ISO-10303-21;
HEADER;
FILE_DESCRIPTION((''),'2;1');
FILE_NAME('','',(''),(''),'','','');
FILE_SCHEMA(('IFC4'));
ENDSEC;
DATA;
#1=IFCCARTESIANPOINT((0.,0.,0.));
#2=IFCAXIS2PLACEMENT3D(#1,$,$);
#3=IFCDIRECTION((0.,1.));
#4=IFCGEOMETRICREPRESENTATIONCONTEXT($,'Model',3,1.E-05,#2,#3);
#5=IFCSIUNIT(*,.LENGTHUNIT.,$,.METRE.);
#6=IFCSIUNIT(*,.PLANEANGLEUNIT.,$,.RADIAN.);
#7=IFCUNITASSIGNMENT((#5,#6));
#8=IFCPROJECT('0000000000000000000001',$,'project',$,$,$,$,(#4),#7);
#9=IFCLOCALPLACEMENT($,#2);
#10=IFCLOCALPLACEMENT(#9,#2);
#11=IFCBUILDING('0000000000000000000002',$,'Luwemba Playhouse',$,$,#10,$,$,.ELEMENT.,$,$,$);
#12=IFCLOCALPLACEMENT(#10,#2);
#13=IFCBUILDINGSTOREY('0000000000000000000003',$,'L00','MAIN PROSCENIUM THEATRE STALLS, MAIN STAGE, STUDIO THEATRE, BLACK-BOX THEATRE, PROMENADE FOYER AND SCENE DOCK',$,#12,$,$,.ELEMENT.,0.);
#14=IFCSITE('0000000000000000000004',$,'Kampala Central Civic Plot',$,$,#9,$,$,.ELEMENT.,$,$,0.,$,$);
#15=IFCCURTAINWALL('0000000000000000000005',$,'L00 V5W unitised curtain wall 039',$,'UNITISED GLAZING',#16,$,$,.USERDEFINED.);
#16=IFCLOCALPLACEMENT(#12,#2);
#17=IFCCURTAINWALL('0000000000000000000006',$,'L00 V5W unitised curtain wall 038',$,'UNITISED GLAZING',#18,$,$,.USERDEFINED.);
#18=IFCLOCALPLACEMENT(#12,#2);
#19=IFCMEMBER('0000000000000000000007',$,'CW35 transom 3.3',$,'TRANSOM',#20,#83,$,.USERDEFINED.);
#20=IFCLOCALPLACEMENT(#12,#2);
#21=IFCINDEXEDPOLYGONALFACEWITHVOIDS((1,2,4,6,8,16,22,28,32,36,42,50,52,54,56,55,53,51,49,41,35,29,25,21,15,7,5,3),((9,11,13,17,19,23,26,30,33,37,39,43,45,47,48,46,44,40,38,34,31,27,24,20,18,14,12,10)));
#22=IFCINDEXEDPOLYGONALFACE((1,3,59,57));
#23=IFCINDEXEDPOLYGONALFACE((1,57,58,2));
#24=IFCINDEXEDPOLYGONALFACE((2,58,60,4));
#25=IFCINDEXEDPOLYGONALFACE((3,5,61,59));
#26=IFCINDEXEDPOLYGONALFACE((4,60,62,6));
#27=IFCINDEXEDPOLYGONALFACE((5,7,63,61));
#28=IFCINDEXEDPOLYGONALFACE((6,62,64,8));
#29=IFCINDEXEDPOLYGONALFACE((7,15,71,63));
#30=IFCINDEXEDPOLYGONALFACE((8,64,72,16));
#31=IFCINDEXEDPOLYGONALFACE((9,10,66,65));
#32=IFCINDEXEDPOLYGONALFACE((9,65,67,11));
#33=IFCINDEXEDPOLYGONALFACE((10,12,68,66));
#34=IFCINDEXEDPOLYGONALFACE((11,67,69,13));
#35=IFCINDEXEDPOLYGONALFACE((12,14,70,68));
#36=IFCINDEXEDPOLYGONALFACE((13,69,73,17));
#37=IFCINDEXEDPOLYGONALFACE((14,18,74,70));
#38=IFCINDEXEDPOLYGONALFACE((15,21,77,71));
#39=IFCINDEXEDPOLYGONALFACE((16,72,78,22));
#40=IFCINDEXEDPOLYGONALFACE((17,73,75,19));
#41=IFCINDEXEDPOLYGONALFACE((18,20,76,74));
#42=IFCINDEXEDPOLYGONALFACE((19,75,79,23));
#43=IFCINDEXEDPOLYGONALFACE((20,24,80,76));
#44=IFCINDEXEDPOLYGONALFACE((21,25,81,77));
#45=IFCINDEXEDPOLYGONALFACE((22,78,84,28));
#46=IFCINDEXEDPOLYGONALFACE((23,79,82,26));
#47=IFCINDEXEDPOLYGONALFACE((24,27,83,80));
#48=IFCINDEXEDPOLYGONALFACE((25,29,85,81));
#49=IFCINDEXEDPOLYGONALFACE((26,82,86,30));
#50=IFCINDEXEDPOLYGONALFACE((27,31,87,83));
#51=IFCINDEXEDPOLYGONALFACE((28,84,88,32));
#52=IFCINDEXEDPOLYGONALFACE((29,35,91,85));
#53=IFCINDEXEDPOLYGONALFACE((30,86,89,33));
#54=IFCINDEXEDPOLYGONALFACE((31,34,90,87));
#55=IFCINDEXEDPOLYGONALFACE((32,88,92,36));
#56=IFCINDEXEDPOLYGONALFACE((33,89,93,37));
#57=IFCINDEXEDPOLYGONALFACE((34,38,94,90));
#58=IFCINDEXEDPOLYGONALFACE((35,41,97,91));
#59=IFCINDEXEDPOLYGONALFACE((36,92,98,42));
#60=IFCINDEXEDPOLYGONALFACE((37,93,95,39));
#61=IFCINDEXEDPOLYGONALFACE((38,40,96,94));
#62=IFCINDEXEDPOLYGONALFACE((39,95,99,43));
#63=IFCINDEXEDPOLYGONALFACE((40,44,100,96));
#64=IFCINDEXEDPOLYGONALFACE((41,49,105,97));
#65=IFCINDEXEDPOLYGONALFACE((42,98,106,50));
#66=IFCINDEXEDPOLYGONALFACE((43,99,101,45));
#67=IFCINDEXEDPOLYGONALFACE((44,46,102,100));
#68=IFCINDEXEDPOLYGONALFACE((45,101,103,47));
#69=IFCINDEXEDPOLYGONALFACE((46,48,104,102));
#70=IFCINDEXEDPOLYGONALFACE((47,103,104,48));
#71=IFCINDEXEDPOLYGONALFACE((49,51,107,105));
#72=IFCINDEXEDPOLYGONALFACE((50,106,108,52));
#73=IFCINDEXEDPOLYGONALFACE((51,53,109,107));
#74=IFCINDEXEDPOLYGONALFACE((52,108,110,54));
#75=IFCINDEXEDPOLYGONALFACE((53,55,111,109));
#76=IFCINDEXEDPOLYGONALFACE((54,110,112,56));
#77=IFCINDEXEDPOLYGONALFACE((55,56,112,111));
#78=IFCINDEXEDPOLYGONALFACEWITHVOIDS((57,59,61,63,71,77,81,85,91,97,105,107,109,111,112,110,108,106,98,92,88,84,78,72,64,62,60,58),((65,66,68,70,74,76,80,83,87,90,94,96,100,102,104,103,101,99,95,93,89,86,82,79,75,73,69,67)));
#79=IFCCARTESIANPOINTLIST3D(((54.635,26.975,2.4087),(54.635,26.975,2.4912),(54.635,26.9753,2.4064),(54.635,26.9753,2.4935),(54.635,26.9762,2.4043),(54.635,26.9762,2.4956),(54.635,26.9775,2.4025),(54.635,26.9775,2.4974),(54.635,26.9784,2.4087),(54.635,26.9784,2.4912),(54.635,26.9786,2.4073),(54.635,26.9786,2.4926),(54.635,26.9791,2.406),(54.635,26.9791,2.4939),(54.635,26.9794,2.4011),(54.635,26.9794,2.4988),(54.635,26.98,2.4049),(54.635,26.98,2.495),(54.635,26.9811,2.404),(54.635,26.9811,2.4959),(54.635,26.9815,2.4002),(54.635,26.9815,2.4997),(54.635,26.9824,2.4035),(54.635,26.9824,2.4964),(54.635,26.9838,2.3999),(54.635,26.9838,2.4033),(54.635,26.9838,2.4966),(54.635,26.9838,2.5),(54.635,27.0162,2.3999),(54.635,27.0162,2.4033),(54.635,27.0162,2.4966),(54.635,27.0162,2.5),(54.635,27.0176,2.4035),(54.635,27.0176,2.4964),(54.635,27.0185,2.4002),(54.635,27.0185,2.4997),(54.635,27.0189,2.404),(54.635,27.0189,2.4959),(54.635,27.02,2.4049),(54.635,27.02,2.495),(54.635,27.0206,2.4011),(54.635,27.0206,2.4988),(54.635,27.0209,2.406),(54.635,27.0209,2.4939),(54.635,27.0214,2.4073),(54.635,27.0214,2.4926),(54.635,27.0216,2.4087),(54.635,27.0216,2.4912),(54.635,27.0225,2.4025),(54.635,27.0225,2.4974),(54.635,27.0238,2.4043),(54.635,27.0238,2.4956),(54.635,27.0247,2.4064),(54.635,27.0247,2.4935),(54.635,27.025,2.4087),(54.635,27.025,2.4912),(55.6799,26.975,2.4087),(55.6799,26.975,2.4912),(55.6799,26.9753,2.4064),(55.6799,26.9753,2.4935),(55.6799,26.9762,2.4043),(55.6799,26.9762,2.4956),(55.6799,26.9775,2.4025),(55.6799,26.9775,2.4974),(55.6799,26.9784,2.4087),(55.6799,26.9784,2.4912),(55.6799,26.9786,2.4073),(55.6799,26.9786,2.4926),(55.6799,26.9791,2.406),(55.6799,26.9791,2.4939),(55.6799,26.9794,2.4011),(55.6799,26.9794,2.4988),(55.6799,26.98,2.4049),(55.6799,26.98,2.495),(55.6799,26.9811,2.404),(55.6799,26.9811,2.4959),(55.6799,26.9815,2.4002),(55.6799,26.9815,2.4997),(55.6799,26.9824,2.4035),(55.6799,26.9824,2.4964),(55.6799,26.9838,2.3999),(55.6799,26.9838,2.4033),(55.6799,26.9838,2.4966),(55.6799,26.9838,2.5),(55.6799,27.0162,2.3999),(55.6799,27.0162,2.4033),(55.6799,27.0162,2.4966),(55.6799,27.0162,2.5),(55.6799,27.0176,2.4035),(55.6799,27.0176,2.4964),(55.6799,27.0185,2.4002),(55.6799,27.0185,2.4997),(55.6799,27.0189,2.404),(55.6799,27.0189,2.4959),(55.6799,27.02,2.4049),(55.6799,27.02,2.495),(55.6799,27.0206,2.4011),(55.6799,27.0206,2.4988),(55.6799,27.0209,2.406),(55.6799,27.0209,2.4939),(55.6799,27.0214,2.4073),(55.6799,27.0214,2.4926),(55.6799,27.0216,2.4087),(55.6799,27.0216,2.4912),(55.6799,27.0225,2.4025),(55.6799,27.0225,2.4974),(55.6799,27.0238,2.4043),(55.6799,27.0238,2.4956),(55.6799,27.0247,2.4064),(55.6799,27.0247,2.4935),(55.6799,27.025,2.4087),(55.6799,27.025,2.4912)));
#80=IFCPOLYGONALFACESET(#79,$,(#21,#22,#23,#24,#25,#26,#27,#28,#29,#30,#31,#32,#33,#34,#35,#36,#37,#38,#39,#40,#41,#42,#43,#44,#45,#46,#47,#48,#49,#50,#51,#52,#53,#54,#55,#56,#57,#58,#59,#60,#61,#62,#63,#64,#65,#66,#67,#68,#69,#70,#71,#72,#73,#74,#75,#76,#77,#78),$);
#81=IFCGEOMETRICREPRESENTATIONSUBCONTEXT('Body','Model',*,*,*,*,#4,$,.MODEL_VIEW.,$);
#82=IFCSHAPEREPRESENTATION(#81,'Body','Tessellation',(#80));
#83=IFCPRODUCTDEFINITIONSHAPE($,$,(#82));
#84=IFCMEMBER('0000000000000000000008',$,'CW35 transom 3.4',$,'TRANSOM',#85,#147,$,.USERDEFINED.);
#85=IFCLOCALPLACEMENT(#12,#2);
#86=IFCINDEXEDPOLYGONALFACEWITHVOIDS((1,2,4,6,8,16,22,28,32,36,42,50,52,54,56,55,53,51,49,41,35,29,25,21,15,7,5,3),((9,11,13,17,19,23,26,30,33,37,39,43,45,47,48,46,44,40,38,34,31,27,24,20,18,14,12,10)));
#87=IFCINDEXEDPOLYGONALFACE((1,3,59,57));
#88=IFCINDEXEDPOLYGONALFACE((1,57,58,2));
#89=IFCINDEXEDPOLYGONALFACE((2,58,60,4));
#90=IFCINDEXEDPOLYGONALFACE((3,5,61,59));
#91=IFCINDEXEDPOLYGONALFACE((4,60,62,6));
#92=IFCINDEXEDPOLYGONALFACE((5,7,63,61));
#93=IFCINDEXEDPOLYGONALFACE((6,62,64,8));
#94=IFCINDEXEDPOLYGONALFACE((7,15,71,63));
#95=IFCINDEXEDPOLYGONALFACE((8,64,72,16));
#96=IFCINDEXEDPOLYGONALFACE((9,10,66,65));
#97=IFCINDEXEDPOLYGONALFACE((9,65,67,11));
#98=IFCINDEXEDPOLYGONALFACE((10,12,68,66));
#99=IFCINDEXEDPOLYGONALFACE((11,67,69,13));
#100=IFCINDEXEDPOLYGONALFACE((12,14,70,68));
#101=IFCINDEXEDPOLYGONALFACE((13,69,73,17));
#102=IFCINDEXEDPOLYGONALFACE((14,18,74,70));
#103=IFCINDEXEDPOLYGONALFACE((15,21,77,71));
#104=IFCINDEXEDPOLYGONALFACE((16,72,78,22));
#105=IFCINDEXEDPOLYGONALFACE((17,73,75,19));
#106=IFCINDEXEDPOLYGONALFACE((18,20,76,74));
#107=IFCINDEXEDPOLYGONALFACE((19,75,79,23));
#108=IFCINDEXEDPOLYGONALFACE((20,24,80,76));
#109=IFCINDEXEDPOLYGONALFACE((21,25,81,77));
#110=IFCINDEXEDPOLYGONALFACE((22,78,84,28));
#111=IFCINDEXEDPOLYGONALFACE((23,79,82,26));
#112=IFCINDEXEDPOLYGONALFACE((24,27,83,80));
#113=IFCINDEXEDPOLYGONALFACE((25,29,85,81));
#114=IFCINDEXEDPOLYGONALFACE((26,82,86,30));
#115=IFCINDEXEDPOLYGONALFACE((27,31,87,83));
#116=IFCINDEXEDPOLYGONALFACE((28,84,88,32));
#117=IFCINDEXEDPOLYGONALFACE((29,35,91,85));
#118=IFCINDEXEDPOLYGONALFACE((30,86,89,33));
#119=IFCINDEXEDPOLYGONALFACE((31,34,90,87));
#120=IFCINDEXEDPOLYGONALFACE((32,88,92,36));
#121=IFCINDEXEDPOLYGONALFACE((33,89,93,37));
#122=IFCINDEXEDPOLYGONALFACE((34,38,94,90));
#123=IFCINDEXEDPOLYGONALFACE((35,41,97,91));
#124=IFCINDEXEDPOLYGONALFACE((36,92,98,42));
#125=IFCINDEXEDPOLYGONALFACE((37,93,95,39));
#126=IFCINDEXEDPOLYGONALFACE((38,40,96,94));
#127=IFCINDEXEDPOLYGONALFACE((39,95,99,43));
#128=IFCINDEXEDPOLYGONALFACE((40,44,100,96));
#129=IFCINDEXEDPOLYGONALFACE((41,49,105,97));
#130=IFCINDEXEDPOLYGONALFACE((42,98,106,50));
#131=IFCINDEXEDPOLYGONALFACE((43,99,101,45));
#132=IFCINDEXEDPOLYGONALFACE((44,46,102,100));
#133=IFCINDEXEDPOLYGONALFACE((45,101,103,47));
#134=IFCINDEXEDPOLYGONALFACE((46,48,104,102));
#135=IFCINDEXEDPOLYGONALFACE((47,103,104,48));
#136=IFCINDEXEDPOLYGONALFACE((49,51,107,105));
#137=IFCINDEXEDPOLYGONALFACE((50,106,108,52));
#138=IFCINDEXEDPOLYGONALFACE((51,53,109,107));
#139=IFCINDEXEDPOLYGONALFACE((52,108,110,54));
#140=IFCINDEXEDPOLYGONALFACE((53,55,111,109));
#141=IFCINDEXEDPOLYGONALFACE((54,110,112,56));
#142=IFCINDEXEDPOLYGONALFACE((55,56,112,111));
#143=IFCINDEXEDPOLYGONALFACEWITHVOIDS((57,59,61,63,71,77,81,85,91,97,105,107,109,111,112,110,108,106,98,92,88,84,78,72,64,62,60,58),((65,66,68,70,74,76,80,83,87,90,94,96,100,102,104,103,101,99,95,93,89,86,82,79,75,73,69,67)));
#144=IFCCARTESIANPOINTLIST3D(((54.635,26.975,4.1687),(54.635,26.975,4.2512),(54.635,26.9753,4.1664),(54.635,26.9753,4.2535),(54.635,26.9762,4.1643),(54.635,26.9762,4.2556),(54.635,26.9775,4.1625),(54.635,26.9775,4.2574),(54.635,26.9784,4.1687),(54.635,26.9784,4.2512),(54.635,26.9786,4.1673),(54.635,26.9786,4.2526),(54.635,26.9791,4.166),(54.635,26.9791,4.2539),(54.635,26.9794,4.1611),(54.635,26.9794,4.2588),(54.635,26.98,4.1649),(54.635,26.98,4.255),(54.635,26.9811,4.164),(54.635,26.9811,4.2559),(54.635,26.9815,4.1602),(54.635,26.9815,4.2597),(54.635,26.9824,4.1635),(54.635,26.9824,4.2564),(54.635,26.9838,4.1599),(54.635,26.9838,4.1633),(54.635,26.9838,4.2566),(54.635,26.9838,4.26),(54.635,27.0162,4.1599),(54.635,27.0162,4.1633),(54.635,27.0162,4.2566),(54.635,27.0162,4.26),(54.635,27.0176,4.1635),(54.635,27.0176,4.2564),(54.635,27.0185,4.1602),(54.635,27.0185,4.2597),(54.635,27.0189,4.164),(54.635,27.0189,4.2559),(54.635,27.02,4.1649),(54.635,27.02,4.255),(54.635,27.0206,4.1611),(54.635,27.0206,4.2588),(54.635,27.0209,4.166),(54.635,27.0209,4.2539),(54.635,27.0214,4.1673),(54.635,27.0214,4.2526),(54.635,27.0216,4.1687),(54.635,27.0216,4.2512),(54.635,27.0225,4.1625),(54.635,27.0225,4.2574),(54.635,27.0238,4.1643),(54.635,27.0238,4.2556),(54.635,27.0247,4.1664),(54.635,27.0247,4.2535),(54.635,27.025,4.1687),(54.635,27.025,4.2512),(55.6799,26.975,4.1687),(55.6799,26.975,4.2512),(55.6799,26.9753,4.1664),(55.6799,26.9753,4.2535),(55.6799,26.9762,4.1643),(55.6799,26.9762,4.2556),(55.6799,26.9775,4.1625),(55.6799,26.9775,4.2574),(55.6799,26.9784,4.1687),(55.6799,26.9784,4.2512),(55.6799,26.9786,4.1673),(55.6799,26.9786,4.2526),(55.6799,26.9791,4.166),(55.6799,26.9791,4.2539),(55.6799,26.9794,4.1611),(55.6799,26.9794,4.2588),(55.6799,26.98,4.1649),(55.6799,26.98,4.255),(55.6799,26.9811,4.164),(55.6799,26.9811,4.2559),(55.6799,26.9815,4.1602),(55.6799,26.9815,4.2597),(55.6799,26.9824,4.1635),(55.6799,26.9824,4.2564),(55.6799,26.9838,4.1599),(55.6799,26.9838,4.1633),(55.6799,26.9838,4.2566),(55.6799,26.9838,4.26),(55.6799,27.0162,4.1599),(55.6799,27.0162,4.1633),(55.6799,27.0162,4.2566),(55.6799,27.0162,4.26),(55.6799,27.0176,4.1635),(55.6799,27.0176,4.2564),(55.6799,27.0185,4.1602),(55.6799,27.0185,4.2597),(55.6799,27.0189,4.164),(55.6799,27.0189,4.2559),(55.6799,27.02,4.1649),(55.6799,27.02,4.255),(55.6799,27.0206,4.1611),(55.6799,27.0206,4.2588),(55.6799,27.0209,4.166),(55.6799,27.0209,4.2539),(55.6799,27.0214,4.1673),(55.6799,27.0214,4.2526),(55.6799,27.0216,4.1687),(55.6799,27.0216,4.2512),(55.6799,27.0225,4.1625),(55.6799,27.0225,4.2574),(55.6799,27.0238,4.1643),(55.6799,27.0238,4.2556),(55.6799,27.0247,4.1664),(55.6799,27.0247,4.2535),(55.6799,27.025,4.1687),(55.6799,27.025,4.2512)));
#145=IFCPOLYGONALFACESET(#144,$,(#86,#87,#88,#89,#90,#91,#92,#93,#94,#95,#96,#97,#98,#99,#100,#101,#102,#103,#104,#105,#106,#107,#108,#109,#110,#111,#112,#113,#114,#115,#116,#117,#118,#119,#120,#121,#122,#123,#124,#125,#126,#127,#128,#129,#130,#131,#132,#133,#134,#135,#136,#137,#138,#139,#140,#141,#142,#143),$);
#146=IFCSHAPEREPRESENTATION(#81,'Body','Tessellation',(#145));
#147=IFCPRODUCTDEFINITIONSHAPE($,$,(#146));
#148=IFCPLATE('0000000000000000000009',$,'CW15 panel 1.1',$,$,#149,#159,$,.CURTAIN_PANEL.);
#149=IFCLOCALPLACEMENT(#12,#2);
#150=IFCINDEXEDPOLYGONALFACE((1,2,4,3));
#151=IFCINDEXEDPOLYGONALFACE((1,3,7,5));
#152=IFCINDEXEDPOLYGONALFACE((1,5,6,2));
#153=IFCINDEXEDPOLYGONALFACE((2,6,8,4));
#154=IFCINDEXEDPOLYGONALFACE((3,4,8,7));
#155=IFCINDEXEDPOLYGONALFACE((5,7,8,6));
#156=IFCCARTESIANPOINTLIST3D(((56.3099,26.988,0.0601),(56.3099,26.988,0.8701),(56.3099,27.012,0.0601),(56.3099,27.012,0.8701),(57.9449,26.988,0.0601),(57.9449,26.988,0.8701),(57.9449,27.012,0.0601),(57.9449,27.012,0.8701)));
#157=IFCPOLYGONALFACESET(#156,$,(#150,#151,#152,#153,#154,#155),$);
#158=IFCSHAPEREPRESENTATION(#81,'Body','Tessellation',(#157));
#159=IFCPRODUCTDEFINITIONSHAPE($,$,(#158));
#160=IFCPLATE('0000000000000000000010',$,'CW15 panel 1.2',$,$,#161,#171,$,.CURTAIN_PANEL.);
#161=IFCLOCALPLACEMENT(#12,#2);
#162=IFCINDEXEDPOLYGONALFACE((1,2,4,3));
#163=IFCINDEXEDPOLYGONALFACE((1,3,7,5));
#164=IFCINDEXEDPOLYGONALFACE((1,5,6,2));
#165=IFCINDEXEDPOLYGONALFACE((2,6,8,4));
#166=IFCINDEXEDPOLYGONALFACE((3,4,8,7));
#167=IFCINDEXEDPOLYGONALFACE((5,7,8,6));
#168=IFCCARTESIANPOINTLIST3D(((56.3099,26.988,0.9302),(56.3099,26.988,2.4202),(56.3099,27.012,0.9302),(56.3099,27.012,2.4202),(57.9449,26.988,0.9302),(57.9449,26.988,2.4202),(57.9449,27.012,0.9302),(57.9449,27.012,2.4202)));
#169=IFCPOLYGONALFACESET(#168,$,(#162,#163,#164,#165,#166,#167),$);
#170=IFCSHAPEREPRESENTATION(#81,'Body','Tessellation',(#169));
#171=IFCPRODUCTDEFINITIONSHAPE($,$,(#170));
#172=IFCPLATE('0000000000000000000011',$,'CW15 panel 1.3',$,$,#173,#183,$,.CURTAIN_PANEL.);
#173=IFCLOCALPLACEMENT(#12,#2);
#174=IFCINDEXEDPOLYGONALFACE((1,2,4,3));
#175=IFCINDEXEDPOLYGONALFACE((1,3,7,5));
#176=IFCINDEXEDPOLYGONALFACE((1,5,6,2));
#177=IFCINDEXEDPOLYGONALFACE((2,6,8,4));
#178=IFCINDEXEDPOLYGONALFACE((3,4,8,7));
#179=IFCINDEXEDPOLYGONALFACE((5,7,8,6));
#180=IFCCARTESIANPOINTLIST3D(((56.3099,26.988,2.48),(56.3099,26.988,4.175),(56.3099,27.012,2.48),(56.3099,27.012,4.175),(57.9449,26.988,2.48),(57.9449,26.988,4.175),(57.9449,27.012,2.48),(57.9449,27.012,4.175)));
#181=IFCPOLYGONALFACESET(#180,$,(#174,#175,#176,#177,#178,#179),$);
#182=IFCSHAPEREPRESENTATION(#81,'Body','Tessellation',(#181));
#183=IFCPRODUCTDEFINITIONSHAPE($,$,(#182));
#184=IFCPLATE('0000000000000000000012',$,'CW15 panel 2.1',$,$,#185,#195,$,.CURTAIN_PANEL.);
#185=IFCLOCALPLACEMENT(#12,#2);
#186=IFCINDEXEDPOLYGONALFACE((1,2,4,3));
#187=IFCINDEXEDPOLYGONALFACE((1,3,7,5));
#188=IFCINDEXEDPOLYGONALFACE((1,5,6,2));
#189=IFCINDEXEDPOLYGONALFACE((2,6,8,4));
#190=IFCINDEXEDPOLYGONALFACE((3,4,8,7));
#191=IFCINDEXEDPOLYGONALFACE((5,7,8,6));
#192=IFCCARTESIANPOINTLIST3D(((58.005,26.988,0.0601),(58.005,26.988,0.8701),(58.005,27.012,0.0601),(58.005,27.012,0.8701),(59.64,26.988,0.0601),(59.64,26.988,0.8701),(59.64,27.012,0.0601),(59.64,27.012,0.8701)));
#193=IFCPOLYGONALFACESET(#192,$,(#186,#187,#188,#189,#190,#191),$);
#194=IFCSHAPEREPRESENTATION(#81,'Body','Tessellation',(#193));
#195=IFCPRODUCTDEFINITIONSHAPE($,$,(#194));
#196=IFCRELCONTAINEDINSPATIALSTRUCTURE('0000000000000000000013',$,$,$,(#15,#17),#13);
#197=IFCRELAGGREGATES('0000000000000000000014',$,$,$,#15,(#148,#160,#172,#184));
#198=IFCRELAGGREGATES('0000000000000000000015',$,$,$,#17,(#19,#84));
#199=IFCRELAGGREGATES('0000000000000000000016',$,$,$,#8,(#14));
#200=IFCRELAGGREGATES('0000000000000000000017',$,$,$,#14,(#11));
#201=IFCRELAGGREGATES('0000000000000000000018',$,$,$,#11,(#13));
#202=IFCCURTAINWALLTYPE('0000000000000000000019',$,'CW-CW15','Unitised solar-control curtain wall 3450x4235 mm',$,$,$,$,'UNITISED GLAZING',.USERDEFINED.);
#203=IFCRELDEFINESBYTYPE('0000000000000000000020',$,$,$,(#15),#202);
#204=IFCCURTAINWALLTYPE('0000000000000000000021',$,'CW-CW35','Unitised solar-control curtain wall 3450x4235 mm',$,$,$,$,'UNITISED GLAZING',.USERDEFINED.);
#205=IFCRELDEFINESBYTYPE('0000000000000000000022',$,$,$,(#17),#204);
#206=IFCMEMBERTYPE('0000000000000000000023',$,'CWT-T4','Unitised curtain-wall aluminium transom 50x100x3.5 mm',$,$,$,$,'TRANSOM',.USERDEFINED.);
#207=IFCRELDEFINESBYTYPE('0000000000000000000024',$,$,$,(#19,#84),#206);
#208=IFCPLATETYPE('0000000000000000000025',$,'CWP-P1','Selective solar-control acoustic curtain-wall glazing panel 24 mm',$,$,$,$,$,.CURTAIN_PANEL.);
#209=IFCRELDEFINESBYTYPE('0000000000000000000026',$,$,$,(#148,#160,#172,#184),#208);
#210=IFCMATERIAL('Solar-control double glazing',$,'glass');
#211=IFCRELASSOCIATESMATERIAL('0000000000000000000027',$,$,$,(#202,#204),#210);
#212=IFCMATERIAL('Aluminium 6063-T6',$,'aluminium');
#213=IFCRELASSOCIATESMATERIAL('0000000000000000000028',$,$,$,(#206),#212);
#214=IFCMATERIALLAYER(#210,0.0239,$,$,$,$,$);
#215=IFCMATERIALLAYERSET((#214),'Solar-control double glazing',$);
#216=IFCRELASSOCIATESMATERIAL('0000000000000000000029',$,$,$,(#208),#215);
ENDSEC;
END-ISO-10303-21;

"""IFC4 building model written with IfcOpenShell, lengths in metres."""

from ifc_helpers import new_model, si_unit, direction, frame, origin, origin_2d, place, context, subcontext, project, spatial, rectangle, hollow_rectangle, extrude, material, layer, layer_set, material_profile, profile_set, type_object, element, aggregate, save


model = new_model("IFC4")

# Units and contexts
model_context = context("Model", 3, precision=1e-05, world=origin(), true_north=direction((0.0, 1.0)))
body_context = subcontext(model_context, "Body", "Model", "MODEL_VIEW")
ifc_project = project(units=[si_unit("LENGTHUNIT", "METRE"), si_unit("PLANEANGLEUNIT", "RADIAN")], contexts=[model_context])

# Site, building, storey
site_placement = place(None, origin())
site = spatial("IfcSite", under=ifc_project, at=site_placement, Name="Kampala Central Civic Plot", CompositionType="ELEMENT", RefElevation=0.0)
building_placement = place(site_placement, origin())
building = spatial("IfcBuilding", under=site, at=building_placement, Name="Luwemba Playhouse", CompositionType="ELEMENT")
storey_placement = place(building_placement, origin())
storey = spatial("IfcBuildingStorey", under=building, at=storey_placement, Name="L00", Description="MAIN PROSCENIUM THEATRE STALLS, MAIN STAGE, STUDIO THEATRE, BLACK-BOX THEATRE, PROMENADE FOYER AND SCENE DOCK", CompositionType="ELEMENT", Elevation=0.0)

# Curtain wall
ifc_material_1 = material(Name="Solar-control double glazing", Category="glass")
curtain_wall_type_1 = type_object("IfcCurtainWallType", Name="CW-CW15", Description="Unitised solar-control curtain wall 3450x4235 mm", ElementType="UNITISED GLAZING", PredefinedType="USERDEFINED", material=ifc_material_1)
curtain_wall_1_placement = place(storey_placement, origin())
curtain_wall_1 = element("IfcCurtainWall", 1, at=curtain_wall_1_placement, inside=storey, type_object=curtain_wall_type_1, Name="L00 V5W unitised curtain wall 039", ObjectType="UNITISED GLAZING", PredefinedType="USERDEFINED")
ifc_material_2 = material(Name="Aluminium 6063-T6", Category="aluminium")

# Curtain wall
curtain_wall_type_2 = type_object("IfcCurtainWallType", Name="CW-CW35", Description="Unitised solar-control curtain wall 3450x4235 mm", ElementType="UNITISED GLAZING", PredefinedType="USERDEFINED", material=ifc_material_1)
curtain_wall_2_placement = place(storey_placement, origin())
curtain_wall_2 = element("IfcCurtainWall", 2, at=curtain_wall_2_placement, inside=storey, type_object=curtain_wall_type_2, Name="L00 V5W unitised curtain wall 038", ObjectType="UNITISED GLAZING", PredefinedType="USERDEFINED")

# Members
ifc_material_profile_1 = material_profile(ifc_material_2, hollow_rectangle(XDim=0.05, YDim=0.1001, WallThickness=0.0034, InnerFilletRadius=0.0054, OuterFilletRadius=0.0088, at=origin_2d()))
ifc_profile_set_1 = profile_set([ifc_material_profile_1], Name="Aluminium 6063-T6")
member_type_1 = type_object("IfcMemberType", Name="CWT-T4", Description="Unitised curtain-wall aluminium transom 50x100x3.5 mm", ElementType="TRANSOM", PredefinedType="USERDEFINED", material=ifc_profile_set_1)
member_1_placement = place(storey_placement, frame((54.635, 27.0, 2.45), z_axis=(1.0, 0.0, 0.0), x_axis=(0.0, 1.0, 0.0)))
member_1 = element("IfcMember", 3, at=member_1_placement, type_object=member_type_1, Name="CW35 transom 3.3", ObjectType="TRANSOM", PredefinedType="USERDEFINED", context=body_context, shape_type="SweptSolid", body=[
    extrude(hollow_rectangle(XDim=0.05, YDim=0.1001, WallThickness=0.0034, InnerFilletRadius=0.0054, OuterFilletRadius=0.0088, at=origin_2d()), origin(), (0.0, 0.0, 1.0), 1.0449),
])
member_2_placement = place(storey_placement, frame((54.635, 27.0, 4.21), z_axis=(1.0, 0.0, 0.0), x_axis=(0.0, 1.0, 0.0)))
member_2 = element("IfcMember", 4, at=member_2_placement, type_object=member_type_1, Name="CW35 transom 3.4", ObjectType="TRANSOM", PredefinedType="USERDEFINED", context=body_context, shape_type="SweptSolid", body=[
    extrude(hollow_rectangle(XDim=0.05, YDim=0.1001, WallThickness=0.0034, InnerFilletRadius=0.0054, OuterFilletRadius=0.0088, at=origin_2d()), origin(), (0.0, 0.0, 1.0), 1.0449),
])

# Plates
ifc_layer_1 = layer(ifc_material_1, 0.0239)
ifc_layer_set_1 = layer_set([ifc_layer_1], Name="Solar-control double glazing")
plate_type_1 = type_object("IfcPlateType", Name="CWP-P1", Description="Selective solar-control acoustic curtain-wall glazing panel 24 mm", PredefinedType="CURTAIN_PANEL", material=ifc_layer_set_1)
plate_1_placement = place(storey_placement, frame((57.1274, 27.0, 0.0601), z_axis=(0.0, 0.0, 1.0), x_axis=(1.0, 0.0, 0.0)))
plate_1 = element("IfcPlate", 5, at=plate_1_placement, type_object=plate_type_1, Name="CW15 panel 1.1", PredefinedType="CURTAIN_PANEL", context=body_context, shape_type="SweptSolid", body=[
    extrude(rectangle(XDim=1.635, YDim=0.0239, at=origin_2d()), origin(), (0.0, 0.0, 1.0), 0.8101),
])
plate_2_placement = place(storey_placement, frame((57.1274, 27.0, 0.9302), z_axis=(0.0, 0.0, 1.0), x_axis=(1.0, 0.0, 0.0)))
plate_2 = element("IfcPlate", 6, at=plate_2_placement, type_object=plate_type_1, Name="CW15 panel 1.2", PredefinedType="CURTAIN_PANEL", context=body_context, shape_type="SweptSolid", body=[
    extrude(rectangle(XDim=1.635, YDim=0.0239, at=origin_2d()), origin(), (0.0, 0.0, 1.0), 1.49),
])
plate_3_placement = place(storey_placement, frame((57.1274, 27.0, 2.48), z_axis=(0.0, 0.0, 1.0), x_axis=(1.0, 0.0, 0.0)))
plate_3 = element("IfcPlate", 7, at=plate_3_placement, type_object=plate_type_1, Name="CW15 panel 1.3", PredefinedType="CURTAIN_PANEL", context=body_context, shape_type="SweptSolid", body=[
    extrude(rectangle(XDim=1.635, YDim=0.0239, at=origin_2d()), origin(), (0.0, 0.0, 1.0), 1.6951),
])
plate_4_placement = place(storey_placement, frame((58.8225, 27.0, 0.0601), z_axis=(0.0, 0.0, 1.0), x_axis=(1.0, 0.0, 0.0)))
plate_4 = element("IfcPlate", 8, at=plate_4_placement, type_object=plate_type_1, Name="CW15 panel 2.1", PredefinedType="CURTAIN_PANEL", context=body_context, shape_type="SweptSolid", body=[
    extrude(rectangle(XDim=1.635, YDim=0.0239, at=origin_2d()), origin(), (0.0, 0.0, 1.0), 0.8101),
])
aggregate(curtain_wall_1, [plate_1, plate_2, plate_3, plate_4])
aggregate(curtain_wall_2, [member_1, member_2])

save(model, "model.ifc")
